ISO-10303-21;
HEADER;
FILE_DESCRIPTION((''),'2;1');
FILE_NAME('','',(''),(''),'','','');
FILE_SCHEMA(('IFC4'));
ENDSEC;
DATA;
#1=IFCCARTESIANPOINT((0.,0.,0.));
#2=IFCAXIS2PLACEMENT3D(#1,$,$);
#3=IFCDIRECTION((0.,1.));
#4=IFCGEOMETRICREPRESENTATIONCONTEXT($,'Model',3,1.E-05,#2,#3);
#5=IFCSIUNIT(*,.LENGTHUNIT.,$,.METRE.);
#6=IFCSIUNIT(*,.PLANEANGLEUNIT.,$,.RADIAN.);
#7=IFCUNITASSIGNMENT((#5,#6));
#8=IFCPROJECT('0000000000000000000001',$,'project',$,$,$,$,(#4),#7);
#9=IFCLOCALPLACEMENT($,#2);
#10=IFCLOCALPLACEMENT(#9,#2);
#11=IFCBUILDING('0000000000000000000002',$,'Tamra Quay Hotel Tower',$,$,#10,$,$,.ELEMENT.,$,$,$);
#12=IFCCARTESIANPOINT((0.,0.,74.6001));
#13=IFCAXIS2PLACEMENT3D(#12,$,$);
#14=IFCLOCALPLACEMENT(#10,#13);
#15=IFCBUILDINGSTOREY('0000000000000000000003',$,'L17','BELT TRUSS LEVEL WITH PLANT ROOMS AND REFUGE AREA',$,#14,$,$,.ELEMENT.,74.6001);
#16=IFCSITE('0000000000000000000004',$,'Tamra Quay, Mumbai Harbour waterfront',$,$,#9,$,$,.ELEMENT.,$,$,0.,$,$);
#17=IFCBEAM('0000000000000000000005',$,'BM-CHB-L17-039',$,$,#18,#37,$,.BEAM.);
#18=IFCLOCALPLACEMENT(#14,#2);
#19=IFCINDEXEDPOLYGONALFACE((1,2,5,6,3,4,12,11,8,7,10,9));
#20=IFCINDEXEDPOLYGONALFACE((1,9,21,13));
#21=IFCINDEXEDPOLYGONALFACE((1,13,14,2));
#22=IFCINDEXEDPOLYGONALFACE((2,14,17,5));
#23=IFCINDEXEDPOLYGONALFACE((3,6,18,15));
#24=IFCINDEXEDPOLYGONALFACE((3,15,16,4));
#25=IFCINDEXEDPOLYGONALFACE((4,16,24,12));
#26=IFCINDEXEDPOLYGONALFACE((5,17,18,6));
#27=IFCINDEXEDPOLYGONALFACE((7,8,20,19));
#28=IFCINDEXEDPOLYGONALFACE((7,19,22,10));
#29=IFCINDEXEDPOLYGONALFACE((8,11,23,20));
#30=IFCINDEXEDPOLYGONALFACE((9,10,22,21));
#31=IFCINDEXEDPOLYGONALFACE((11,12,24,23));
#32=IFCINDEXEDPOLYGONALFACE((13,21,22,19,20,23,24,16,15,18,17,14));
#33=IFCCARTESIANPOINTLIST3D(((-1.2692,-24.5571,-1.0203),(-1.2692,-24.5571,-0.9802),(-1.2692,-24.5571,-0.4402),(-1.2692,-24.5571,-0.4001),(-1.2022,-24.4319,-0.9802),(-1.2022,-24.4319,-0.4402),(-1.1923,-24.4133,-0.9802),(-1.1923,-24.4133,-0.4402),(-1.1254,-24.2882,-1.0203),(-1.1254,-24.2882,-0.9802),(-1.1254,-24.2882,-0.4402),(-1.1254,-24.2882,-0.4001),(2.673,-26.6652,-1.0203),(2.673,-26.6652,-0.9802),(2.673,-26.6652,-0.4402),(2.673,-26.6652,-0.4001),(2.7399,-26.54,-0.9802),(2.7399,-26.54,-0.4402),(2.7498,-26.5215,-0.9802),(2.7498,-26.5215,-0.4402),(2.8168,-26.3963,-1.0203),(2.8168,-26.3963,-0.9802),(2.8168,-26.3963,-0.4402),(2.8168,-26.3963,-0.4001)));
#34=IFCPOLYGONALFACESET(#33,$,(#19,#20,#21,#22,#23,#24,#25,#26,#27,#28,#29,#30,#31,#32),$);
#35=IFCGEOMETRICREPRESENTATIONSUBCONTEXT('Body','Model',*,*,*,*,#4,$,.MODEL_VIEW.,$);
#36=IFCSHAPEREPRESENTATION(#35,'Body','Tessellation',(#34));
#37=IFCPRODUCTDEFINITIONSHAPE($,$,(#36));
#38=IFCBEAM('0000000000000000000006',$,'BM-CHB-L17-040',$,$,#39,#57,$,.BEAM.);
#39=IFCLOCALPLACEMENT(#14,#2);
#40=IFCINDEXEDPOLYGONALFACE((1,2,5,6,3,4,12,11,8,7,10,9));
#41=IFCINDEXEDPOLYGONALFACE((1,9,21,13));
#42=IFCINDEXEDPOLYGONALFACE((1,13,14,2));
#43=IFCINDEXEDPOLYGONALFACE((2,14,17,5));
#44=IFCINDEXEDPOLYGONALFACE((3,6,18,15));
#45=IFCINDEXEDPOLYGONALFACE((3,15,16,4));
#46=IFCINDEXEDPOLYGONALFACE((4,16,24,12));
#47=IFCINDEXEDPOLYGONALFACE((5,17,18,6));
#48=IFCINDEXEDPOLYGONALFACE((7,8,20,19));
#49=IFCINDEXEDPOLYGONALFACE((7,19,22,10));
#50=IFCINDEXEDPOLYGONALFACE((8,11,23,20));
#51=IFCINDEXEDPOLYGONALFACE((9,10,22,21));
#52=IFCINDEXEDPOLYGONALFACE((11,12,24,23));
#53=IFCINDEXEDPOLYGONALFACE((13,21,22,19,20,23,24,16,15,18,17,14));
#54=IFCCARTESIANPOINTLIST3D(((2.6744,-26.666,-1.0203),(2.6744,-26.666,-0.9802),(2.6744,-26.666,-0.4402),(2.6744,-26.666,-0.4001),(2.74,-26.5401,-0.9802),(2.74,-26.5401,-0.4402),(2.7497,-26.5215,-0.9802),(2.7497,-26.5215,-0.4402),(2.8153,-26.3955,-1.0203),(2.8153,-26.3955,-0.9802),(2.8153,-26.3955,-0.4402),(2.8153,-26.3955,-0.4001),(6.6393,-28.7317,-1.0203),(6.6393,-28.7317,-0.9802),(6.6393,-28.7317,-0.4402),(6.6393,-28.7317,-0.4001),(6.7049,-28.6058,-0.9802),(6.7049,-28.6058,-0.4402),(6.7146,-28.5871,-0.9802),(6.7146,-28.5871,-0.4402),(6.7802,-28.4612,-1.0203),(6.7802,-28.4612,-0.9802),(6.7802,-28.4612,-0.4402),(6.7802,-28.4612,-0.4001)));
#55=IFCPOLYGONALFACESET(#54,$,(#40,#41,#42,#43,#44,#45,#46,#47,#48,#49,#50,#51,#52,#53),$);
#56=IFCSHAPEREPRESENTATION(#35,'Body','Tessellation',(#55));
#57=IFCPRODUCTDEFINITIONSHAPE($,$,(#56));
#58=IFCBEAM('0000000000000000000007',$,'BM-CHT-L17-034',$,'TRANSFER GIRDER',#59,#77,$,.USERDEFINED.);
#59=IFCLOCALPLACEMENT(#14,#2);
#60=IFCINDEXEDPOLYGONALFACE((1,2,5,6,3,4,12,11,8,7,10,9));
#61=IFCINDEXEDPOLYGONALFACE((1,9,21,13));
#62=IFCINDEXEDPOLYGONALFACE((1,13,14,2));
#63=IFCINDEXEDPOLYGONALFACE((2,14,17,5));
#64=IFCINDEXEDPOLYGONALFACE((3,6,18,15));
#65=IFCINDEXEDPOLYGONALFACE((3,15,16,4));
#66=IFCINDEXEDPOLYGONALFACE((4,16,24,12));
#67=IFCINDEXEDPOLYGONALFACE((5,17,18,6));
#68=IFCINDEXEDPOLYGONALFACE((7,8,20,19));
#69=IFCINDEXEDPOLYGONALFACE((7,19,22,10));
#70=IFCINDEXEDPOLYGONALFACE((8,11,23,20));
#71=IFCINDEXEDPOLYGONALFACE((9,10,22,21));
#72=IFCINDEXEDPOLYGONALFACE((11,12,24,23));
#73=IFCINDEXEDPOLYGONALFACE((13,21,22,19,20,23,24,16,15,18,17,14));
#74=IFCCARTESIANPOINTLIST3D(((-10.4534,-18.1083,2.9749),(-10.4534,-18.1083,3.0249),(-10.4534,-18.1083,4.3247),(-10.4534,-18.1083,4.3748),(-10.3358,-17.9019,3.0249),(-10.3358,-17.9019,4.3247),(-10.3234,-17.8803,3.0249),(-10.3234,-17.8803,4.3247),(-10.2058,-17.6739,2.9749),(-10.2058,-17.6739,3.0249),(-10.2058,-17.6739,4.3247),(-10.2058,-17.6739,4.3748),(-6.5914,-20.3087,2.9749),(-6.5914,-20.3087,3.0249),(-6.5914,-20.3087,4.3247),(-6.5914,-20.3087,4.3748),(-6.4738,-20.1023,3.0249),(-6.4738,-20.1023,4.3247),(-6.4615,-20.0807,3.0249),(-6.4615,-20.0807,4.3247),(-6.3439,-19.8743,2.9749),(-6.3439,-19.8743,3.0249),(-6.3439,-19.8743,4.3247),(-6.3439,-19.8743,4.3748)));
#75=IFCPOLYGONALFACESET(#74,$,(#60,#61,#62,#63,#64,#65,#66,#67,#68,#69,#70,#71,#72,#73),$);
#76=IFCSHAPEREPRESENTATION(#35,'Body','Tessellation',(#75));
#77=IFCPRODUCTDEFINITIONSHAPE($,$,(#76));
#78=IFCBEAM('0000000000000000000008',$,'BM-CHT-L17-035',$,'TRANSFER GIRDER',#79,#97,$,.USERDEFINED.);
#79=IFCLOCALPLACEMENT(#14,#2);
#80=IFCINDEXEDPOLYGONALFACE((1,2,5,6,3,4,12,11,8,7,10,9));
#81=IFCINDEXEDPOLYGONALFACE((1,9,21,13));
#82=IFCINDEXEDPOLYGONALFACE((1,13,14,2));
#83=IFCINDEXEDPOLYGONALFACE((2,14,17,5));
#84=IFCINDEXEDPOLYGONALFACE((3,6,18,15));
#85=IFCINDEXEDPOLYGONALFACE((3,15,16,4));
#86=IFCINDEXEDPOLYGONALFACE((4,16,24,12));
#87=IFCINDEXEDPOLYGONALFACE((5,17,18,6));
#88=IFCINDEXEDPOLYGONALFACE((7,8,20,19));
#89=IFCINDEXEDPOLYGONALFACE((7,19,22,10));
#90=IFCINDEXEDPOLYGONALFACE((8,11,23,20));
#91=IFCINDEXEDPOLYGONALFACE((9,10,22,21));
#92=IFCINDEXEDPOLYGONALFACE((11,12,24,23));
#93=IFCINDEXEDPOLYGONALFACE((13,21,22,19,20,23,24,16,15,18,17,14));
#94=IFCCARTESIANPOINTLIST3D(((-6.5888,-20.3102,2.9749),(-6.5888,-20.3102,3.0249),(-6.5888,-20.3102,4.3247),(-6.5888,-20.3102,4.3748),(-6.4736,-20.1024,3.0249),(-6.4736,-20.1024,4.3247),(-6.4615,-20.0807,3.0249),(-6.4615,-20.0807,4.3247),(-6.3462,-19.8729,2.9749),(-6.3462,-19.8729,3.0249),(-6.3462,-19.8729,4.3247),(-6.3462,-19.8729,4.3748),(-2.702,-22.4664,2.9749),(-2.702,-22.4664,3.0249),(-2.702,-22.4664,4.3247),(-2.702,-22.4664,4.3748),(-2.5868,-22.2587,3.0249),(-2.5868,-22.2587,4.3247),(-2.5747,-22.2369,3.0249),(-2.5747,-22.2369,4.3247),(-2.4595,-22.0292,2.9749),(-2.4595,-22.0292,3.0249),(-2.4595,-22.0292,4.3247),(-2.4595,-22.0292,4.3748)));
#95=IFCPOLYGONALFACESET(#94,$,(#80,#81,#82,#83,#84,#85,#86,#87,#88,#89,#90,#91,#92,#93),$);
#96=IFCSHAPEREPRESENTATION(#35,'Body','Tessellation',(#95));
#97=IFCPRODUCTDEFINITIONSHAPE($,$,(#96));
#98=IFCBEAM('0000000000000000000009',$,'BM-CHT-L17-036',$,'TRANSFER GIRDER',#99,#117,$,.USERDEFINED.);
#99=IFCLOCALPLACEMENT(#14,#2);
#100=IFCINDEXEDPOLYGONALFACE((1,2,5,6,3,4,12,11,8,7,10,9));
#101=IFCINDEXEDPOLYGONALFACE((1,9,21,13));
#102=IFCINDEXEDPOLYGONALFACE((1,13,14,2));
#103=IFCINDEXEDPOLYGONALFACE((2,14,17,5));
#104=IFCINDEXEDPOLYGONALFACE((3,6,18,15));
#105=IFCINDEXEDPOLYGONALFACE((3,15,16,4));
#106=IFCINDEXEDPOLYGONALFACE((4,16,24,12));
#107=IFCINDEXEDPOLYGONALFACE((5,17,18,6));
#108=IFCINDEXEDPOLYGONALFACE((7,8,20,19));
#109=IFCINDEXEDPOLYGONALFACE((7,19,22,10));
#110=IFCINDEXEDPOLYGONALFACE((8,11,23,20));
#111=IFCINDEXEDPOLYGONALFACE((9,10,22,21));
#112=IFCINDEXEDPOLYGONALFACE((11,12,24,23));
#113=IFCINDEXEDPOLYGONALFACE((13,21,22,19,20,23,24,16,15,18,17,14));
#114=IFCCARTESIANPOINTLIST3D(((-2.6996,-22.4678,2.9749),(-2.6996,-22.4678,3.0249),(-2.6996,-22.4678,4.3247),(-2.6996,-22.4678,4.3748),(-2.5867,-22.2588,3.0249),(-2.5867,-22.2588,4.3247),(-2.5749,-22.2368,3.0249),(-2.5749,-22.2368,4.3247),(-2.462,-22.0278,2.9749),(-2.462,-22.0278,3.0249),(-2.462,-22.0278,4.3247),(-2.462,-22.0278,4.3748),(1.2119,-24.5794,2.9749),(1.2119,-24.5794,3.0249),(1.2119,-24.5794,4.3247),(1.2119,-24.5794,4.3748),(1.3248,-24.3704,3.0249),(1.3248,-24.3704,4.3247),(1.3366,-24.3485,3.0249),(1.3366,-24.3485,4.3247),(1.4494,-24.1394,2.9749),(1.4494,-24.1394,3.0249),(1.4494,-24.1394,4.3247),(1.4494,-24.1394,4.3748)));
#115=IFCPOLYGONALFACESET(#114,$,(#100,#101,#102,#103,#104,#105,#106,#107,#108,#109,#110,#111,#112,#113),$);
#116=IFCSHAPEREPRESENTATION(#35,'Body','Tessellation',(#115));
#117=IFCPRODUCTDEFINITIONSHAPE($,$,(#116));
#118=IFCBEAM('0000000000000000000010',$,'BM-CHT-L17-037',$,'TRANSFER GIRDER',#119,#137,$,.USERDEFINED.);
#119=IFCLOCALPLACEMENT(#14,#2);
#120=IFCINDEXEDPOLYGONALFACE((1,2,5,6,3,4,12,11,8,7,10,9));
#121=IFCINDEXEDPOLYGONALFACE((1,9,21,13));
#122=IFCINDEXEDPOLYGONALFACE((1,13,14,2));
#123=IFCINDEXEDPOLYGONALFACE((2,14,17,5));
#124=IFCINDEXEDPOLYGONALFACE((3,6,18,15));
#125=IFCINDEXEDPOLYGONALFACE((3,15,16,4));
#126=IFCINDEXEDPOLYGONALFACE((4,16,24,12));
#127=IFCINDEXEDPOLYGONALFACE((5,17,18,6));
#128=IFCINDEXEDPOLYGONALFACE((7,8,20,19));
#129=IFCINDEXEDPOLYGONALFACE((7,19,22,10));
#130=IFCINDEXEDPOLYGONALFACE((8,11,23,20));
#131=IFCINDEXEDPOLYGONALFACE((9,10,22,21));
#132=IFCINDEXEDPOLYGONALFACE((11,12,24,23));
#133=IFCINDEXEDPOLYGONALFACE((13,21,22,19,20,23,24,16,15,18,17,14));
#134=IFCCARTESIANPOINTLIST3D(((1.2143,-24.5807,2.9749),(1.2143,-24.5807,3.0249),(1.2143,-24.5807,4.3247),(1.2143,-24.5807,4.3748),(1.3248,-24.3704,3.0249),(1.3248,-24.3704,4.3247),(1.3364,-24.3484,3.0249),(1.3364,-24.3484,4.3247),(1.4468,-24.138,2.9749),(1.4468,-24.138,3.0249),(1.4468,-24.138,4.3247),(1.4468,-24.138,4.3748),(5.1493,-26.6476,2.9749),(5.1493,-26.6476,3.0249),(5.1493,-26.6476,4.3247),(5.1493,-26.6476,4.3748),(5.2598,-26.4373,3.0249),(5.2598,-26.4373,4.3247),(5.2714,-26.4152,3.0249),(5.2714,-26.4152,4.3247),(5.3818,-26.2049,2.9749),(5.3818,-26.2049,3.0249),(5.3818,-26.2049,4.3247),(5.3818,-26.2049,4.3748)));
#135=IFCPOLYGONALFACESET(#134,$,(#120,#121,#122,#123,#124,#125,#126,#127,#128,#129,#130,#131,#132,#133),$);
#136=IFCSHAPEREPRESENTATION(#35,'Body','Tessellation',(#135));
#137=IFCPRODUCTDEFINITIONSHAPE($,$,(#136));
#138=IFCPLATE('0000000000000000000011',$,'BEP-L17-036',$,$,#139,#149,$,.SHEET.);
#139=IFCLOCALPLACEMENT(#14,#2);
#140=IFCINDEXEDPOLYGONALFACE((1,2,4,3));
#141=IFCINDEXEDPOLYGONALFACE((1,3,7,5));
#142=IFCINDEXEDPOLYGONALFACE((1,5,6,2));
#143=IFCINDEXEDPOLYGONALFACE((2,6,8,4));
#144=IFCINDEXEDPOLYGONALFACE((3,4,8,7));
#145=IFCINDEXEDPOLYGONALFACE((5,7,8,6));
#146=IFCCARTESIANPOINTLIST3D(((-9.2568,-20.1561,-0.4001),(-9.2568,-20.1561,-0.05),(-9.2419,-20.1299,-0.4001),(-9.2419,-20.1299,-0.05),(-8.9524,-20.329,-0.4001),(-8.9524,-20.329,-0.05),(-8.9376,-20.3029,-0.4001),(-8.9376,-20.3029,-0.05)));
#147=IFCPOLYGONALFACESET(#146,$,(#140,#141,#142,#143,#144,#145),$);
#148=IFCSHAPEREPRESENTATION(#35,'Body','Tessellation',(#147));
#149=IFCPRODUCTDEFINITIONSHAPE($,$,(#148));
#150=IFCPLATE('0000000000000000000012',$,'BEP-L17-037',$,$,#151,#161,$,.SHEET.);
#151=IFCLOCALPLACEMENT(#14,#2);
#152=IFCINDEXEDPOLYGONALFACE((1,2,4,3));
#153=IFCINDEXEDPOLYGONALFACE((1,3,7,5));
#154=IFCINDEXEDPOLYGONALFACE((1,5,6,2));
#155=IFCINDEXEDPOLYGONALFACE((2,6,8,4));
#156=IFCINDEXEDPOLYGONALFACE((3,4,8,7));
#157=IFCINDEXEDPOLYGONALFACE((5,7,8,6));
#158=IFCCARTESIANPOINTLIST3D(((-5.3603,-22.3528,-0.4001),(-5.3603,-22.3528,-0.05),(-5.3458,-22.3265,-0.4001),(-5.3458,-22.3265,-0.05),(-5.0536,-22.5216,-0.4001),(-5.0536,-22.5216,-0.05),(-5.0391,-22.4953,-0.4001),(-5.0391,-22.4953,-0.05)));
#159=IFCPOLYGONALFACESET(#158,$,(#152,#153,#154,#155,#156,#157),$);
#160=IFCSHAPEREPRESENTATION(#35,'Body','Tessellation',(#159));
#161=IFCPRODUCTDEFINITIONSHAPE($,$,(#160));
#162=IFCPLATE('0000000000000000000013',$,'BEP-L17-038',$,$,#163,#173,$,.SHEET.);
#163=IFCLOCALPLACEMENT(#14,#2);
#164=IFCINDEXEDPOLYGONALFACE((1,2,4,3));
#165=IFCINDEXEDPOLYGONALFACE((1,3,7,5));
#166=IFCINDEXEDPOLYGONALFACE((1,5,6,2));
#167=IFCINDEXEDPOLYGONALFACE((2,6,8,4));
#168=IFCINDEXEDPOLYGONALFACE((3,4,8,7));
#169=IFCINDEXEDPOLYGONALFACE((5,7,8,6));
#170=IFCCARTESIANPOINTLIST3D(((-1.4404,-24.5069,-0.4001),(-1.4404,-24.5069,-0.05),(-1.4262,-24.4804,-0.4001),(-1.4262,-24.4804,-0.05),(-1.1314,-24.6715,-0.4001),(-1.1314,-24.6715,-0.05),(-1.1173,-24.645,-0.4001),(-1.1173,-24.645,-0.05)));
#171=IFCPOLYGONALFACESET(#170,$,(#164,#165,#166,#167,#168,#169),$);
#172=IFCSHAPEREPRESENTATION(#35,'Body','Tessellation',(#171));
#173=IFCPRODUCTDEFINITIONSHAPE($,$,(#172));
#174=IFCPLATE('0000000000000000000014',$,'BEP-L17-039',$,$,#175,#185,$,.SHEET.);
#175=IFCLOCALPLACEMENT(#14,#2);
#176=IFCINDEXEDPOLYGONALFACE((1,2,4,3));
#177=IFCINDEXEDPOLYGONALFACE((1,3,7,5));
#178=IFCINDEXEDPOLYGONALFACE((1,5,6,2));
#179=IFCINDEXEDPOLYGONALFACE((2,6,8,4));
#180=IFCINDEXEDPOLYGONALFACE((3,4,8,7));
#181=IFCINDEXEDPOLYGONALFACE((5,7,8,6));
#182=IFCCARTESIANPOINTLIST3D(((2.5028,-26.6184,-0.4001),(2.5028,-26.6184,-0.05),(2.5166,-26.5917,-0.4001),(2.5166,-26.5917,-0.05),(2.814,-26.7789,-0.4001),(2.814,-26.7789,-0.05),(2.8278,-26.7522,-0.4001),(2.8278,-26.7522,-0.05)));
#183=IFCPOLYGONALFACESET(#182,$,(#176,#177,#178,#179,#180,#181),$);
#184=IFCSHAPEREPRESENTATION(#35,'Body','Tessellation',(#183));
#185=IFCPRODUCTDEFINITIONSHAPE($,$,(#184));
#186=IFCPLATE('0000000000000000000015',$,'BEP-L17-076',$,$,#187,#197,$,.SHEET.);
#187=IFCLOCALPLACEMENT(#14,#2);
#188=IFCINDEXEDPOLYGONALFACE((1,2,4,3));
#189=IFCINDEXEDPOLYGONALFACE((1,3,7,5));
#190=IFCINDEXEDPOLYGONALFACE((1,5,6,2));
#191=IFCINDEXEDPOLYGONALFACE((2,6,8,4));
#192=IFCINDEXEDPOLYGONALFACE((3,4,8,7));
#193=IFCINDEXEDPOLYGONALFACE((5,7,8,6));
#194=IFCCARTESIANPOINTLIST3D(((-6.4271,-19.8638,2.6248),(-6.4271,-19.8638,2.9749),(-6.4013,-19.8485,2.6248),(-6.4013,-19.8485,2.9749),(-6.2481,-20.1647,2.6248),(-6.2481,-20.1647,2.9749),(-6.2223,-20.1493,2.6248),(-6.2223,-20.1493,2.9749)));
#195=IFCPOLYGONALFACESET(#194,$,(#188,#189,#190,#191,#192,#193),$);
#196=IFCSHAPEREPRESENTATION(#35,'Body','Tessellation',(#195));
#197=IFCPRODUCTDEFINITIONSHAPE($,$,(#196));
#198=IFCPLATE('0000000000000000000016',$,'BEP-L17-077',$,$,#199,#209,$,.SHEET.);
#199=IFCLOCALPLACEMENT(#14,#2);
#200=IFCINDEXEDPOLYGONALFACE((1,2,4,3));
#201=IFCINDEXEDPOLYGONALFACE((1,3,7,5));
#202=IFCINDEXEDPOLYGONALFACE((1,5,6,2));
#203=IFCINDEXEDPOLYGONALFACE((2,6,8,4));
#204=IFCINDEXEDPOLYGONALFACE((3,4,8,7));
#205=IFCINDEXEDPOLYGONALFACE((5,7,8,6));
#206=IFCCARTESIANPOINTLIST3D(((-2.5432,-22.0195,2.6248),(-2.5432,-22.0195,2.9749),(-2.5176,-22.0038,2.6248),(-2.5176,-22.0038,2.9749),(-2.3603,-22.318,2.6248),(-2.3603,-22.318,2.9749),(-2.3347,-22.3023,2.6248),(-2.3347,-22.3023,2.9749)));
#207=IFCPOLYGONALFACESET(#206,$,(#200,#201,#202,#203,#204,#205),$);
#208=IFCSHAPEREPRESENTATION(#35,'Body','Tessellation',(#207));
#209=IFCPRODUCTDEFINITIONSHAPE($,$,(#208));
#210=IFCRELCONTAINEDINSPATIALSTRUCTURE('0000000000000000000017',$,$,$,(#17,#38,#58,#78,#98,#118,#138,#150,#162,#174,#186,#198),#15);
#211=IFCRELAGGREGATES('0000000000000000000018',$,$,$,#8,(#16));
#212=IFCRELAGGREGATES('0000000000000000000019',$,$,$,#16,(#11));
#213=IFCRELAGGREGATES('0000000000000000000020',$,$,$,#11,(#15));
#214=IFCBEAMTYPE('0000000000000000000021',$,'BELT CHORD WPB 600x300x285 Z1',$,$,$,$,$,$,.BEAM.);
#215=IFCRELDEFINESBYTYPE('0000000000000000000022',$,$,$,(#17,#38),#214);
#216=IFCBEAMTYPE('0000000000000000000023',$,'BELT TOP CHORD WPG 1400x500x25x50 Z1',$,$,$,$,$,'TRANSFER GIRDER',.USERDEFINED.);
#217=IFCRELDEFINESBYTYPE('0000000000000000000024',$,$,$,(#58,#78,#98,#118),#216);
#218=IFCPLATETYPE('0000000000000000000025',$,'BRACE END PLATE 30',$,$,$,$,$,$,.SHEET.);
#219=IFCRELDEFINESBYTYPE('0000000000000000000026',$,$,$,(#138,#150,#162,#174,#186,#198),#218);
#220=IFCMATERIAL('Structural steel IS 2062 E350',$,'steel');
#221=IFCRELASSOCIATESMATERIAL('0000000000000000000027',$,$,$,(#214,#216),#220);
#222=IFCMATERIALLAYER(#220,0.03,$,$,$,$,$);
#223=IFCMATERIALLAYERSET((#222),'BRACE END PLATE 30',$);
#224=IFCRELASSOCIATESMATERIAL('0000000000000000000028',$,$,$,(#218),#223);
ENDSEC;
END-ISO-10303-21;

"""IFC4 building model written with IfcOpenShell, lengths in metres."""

from ifc_helpers import new_model, si_unit, direction, frame, origin, origin_2d, place, context, subcontext, project, spatial, rectangle, i_section, extrude, material, layer, layer_set, material_profile, profile_set, type_object, element, save


model = new_model("IFC4")

# Units and contexts
model_context = context("Model", 3, precision=1e-05, world=origin(), true_north=direction((0.0, 1.0)))
body_context = subcontext(model_context, "Body", "Model", "MODEL_VIEW")
ifc_project = project(units=[si_unit("LENGTHUNIT", "METRE"), si_unit("PLANEANGLEUNIT", "RADIAN")], contexts=[model_context])

# Site, building, storey
site_placement = place(None, origin())
site = spatial("IfcSite", under=ifc_project, at=site_placement, Name="Tamra Quay, Mumbai Harbour waterfront", CompositionType="ELEMENT", RefElevation=0.0)
building_placement = place(site_placement, origin())
building = spatial("IfcBuilding", under=site, at=building_placement, Name="Tamra Quay Hotel Tower", CompositionType="ELEMENT")
storey_placement = place(building_placement, frame((0.0, 0.0, 74.6001)))
storey = spatial("IfcBuildingStorey", under=building, at=storey_placement, Name="L17", Description="BELT TRUSS LEVEL WITH PLANT ROOMS AND REFUGE AREA", CompositionType="ELEMENT", Elevation=74.6001)

# Shared definitions
ifc_material_1 = material(Name="Structural steel IS 2062 E350", Category="steel")

# Beams
ifc_material_profile_1 = material_profile(ifc_material_1, i_section(OverallWidth=0.3049, OverallDepth=0.6201, WebThickness=0.021, FlangeThickness=0.04, at=origin_2d()), Name="WPB 600x300x285")
ifc_profile_set_1 = profile_set([ifc_material_profile_1], Name="Structural steel IS 2062 E350")
beam_type_1 = type_object("IfcBeamType", Name="BELT CHORD WPB 600x300x285 Z1", PredefinedType="BEAM", material=ifc_profile_set_1)
beam_1_placement = place(storey_placement, frame((-1.1973, -24.4226, -0.7102), z_axis=(0.881825, -0.471577, 0.0), x_axis=(0.471577, 0.881825, 0.0)))
element("IfcBeam", 1, at=beam_1_placement, inside=storey, type_object=beam_type_1, Name="BM-CHB-L17-039", PredefinedType="BEAM", context=body_context, shape_type="SweptSolid", body=[
    extrude(i_section(OverallWidth=0.3049, OverallDepth=0.6201, WebThickness=0.021, FlangeThickness=0.04, at=origin_2d()), origin(), (0.0, 0.0, 1.0), 4.4705),
])
beam_2_placement = place(storey_placement, frame((2.7449, -26.5308, -0.7102), z_axis=(0.886854, -0.462049, 0.0), x_axis=(0.462049, 0.886854, 0.0)))
element("IfcBeam", 2, at=beam_2_placement, inside=storey, type_object=beam_type_1, Name="BM-CHB-L17-040", PredefinedType="BEAM", context=body_context, shape_type="SweptSolid", body=[
    extrude(i_section(OverallWidth=0.3049, OverallDepth=0.6201, WebThickness=0.021, FlangeThickness=0.04, at=origin_2d()), origin(), (0.0, 0.0, 1.0), 4.4707),
])
ifc_material_profile_2 = material_profile(ifc_material_1, i_section(OverallWidth=0.5, OverallDepth=1.3999, WebThickness=0.0249, FlangeThickness=0.05, at=origin_2d()), Name="WPG 1400x500x25x50")
ifc_profile_set_2 = profile_set([ifc_material_profile_2], Name="Structural steel IS 2062 E350")
beam_type_2 = type_object("IfcBeamType", Name="BELT TOP CHORD WPG 1400x500x25x50 Z1", ElementType="TRANSFER GIRDER", PredefinedType="USERDEFINED", material=ifc_profile_set_2)
for number, where, z_axis, x_axis, name in (
    (3, (-10.3296, -17.8911, 3.6748), (0.868868, -0.495044, 0.0), (0.495044, 0.868868, 0.0), "BM-CHT-L17-034"),
    (4, (-6.4675, -20.0916, 3.6748), (0.874447, -0.485121, 0.0), (0.485121, 0.874447, 0.0), "BM-CHT-L17-035"),
):
    element("IfcBeam", number, at=place(storey_placement, frame(where, z_axis=z_axis, x_axis=x_axis)), inside=storey, type_object=beam_type_2, Name=name, ObjectType="TRANSFER GIRDER", PredefinedType="USERDEFINED", context=body_context, shape_type="SweptSolid", body=[
        extrude(i_section(OverallWidth=0.5, OverallDepth=1.3999, WebThickness=0.0249, FlangeThickness=0.05, at=origin_2d()), origin(), (0.0, 0.0, 1.0), 4.4448),
    ])
beam_3_placement = place(storey_placement, frame((-2.5808, -22.2478, 3.6748), z_axis=(0.879959, -0.475049, 0.0), x_axis=(0.475049, 0.879959, 0.0)))
element("IfcBeam", 5, at=beam_3_placement, inside=storey, type_object=beam_type_2, Name="BM-CHT-L17-036", ObjectType="TRANSFER GIRDER", PredefinedType="USERDEFINED", context=body_context, shape_type="SweptSolid", body=[
    extrude(i_section(OverallWidth=0.5, OverallDepth=1.3999, WebThickness=0.0249, FlangeThickness=0.05, at=origin_2d()), origin(), (0.0, 0.0, 1.0), 4.4451),
])
beam_4_placement = place(storey_placement, frame((1.3306, -24.3594, 3.6748), z_axis=(0.885306, -0.465008, 0.0), x_axis=(0.465008, 0.885306, 0.0)))
element("IfcBeam", 6, at=beam_4_placement, inside=storey, type_object=beam_type_2, Name="BM-CHT-L17-037", ObjectType="TRANSFER GIRDER", PredefinedType="USERDEFINED", context=body_context, shape_type="SweptSolid", body=[
    extrude(i_section(OverallWidth=0.5, OverallDepth=1.3999, WebThickness=0.0249, FlangeThickness=0.05, at=origin_2d()), origin(), (0.0, 0.0, 1.0), 4.4448),
])

# Plates
ifc_layer_1 = layer(ifc_material_1, 0.03)
ifc_layer_set_1 = layer_set([ifc_layer_1], Name="BRACE END PLATE 30")
plate_type = type_object("IfcPlateType", Name="BRACE END PLATE 30", PredefinedType="SHEET", material=ifc_layer_set_1)
for number, where, z_axis, x_axis, name in (
    (7, (-9.0972, -20.2295, -0.4001), (0.0, 0.0, 1.0), (0.494086, 0.869413, 0.0), "BEP-L17-036"),
    (8, (-5.1997, -22.4241, -0.4001), (0.0, 0.0, 1.0), (0.48218, 0.876072, 0.0), "BEP-L17-037"),
    (9, (-1.2788, -24.5759, -0.4001), (0.0, 0.0, 1.0), (0.470282, 0.882516, 0.0), "BEP-L17-038"),
    (10, (2.6653, -26.6853, -0.4001), (0.0, 0.0, 1.0), (0.458229, 0.888834, 0.0), "BEP-L17-039"),
    (11, (-6.3247, -20.0066, 2.6248), (0.0, 0.0, 1.0), (0.859376, 0.511344, 0.0), "BEP-L17-076"),
    (12, (-2.439, -22.1609, 2.6248), (0.0, 0.0, 1.0), (0.852597, 0.522569, 0.0), "BEP-L17-077"),
):
    element("IfcPlate", number, at=place(storey_placement, frame(where, z_axis=z_axis, x_axis=x_axis)), inside=storey, type_object=plate_type, Name=name, PredefinedType="SHEET", context=body_context, shape_type="SweptSolid", body=[
        extrude(rectangle(XDim=0.03, YDim=0.3501, at=origin_2d()), origin(), (0.0, 0.0, 1.0), 0.3501),
    ])

save(model, "model.ifc")
